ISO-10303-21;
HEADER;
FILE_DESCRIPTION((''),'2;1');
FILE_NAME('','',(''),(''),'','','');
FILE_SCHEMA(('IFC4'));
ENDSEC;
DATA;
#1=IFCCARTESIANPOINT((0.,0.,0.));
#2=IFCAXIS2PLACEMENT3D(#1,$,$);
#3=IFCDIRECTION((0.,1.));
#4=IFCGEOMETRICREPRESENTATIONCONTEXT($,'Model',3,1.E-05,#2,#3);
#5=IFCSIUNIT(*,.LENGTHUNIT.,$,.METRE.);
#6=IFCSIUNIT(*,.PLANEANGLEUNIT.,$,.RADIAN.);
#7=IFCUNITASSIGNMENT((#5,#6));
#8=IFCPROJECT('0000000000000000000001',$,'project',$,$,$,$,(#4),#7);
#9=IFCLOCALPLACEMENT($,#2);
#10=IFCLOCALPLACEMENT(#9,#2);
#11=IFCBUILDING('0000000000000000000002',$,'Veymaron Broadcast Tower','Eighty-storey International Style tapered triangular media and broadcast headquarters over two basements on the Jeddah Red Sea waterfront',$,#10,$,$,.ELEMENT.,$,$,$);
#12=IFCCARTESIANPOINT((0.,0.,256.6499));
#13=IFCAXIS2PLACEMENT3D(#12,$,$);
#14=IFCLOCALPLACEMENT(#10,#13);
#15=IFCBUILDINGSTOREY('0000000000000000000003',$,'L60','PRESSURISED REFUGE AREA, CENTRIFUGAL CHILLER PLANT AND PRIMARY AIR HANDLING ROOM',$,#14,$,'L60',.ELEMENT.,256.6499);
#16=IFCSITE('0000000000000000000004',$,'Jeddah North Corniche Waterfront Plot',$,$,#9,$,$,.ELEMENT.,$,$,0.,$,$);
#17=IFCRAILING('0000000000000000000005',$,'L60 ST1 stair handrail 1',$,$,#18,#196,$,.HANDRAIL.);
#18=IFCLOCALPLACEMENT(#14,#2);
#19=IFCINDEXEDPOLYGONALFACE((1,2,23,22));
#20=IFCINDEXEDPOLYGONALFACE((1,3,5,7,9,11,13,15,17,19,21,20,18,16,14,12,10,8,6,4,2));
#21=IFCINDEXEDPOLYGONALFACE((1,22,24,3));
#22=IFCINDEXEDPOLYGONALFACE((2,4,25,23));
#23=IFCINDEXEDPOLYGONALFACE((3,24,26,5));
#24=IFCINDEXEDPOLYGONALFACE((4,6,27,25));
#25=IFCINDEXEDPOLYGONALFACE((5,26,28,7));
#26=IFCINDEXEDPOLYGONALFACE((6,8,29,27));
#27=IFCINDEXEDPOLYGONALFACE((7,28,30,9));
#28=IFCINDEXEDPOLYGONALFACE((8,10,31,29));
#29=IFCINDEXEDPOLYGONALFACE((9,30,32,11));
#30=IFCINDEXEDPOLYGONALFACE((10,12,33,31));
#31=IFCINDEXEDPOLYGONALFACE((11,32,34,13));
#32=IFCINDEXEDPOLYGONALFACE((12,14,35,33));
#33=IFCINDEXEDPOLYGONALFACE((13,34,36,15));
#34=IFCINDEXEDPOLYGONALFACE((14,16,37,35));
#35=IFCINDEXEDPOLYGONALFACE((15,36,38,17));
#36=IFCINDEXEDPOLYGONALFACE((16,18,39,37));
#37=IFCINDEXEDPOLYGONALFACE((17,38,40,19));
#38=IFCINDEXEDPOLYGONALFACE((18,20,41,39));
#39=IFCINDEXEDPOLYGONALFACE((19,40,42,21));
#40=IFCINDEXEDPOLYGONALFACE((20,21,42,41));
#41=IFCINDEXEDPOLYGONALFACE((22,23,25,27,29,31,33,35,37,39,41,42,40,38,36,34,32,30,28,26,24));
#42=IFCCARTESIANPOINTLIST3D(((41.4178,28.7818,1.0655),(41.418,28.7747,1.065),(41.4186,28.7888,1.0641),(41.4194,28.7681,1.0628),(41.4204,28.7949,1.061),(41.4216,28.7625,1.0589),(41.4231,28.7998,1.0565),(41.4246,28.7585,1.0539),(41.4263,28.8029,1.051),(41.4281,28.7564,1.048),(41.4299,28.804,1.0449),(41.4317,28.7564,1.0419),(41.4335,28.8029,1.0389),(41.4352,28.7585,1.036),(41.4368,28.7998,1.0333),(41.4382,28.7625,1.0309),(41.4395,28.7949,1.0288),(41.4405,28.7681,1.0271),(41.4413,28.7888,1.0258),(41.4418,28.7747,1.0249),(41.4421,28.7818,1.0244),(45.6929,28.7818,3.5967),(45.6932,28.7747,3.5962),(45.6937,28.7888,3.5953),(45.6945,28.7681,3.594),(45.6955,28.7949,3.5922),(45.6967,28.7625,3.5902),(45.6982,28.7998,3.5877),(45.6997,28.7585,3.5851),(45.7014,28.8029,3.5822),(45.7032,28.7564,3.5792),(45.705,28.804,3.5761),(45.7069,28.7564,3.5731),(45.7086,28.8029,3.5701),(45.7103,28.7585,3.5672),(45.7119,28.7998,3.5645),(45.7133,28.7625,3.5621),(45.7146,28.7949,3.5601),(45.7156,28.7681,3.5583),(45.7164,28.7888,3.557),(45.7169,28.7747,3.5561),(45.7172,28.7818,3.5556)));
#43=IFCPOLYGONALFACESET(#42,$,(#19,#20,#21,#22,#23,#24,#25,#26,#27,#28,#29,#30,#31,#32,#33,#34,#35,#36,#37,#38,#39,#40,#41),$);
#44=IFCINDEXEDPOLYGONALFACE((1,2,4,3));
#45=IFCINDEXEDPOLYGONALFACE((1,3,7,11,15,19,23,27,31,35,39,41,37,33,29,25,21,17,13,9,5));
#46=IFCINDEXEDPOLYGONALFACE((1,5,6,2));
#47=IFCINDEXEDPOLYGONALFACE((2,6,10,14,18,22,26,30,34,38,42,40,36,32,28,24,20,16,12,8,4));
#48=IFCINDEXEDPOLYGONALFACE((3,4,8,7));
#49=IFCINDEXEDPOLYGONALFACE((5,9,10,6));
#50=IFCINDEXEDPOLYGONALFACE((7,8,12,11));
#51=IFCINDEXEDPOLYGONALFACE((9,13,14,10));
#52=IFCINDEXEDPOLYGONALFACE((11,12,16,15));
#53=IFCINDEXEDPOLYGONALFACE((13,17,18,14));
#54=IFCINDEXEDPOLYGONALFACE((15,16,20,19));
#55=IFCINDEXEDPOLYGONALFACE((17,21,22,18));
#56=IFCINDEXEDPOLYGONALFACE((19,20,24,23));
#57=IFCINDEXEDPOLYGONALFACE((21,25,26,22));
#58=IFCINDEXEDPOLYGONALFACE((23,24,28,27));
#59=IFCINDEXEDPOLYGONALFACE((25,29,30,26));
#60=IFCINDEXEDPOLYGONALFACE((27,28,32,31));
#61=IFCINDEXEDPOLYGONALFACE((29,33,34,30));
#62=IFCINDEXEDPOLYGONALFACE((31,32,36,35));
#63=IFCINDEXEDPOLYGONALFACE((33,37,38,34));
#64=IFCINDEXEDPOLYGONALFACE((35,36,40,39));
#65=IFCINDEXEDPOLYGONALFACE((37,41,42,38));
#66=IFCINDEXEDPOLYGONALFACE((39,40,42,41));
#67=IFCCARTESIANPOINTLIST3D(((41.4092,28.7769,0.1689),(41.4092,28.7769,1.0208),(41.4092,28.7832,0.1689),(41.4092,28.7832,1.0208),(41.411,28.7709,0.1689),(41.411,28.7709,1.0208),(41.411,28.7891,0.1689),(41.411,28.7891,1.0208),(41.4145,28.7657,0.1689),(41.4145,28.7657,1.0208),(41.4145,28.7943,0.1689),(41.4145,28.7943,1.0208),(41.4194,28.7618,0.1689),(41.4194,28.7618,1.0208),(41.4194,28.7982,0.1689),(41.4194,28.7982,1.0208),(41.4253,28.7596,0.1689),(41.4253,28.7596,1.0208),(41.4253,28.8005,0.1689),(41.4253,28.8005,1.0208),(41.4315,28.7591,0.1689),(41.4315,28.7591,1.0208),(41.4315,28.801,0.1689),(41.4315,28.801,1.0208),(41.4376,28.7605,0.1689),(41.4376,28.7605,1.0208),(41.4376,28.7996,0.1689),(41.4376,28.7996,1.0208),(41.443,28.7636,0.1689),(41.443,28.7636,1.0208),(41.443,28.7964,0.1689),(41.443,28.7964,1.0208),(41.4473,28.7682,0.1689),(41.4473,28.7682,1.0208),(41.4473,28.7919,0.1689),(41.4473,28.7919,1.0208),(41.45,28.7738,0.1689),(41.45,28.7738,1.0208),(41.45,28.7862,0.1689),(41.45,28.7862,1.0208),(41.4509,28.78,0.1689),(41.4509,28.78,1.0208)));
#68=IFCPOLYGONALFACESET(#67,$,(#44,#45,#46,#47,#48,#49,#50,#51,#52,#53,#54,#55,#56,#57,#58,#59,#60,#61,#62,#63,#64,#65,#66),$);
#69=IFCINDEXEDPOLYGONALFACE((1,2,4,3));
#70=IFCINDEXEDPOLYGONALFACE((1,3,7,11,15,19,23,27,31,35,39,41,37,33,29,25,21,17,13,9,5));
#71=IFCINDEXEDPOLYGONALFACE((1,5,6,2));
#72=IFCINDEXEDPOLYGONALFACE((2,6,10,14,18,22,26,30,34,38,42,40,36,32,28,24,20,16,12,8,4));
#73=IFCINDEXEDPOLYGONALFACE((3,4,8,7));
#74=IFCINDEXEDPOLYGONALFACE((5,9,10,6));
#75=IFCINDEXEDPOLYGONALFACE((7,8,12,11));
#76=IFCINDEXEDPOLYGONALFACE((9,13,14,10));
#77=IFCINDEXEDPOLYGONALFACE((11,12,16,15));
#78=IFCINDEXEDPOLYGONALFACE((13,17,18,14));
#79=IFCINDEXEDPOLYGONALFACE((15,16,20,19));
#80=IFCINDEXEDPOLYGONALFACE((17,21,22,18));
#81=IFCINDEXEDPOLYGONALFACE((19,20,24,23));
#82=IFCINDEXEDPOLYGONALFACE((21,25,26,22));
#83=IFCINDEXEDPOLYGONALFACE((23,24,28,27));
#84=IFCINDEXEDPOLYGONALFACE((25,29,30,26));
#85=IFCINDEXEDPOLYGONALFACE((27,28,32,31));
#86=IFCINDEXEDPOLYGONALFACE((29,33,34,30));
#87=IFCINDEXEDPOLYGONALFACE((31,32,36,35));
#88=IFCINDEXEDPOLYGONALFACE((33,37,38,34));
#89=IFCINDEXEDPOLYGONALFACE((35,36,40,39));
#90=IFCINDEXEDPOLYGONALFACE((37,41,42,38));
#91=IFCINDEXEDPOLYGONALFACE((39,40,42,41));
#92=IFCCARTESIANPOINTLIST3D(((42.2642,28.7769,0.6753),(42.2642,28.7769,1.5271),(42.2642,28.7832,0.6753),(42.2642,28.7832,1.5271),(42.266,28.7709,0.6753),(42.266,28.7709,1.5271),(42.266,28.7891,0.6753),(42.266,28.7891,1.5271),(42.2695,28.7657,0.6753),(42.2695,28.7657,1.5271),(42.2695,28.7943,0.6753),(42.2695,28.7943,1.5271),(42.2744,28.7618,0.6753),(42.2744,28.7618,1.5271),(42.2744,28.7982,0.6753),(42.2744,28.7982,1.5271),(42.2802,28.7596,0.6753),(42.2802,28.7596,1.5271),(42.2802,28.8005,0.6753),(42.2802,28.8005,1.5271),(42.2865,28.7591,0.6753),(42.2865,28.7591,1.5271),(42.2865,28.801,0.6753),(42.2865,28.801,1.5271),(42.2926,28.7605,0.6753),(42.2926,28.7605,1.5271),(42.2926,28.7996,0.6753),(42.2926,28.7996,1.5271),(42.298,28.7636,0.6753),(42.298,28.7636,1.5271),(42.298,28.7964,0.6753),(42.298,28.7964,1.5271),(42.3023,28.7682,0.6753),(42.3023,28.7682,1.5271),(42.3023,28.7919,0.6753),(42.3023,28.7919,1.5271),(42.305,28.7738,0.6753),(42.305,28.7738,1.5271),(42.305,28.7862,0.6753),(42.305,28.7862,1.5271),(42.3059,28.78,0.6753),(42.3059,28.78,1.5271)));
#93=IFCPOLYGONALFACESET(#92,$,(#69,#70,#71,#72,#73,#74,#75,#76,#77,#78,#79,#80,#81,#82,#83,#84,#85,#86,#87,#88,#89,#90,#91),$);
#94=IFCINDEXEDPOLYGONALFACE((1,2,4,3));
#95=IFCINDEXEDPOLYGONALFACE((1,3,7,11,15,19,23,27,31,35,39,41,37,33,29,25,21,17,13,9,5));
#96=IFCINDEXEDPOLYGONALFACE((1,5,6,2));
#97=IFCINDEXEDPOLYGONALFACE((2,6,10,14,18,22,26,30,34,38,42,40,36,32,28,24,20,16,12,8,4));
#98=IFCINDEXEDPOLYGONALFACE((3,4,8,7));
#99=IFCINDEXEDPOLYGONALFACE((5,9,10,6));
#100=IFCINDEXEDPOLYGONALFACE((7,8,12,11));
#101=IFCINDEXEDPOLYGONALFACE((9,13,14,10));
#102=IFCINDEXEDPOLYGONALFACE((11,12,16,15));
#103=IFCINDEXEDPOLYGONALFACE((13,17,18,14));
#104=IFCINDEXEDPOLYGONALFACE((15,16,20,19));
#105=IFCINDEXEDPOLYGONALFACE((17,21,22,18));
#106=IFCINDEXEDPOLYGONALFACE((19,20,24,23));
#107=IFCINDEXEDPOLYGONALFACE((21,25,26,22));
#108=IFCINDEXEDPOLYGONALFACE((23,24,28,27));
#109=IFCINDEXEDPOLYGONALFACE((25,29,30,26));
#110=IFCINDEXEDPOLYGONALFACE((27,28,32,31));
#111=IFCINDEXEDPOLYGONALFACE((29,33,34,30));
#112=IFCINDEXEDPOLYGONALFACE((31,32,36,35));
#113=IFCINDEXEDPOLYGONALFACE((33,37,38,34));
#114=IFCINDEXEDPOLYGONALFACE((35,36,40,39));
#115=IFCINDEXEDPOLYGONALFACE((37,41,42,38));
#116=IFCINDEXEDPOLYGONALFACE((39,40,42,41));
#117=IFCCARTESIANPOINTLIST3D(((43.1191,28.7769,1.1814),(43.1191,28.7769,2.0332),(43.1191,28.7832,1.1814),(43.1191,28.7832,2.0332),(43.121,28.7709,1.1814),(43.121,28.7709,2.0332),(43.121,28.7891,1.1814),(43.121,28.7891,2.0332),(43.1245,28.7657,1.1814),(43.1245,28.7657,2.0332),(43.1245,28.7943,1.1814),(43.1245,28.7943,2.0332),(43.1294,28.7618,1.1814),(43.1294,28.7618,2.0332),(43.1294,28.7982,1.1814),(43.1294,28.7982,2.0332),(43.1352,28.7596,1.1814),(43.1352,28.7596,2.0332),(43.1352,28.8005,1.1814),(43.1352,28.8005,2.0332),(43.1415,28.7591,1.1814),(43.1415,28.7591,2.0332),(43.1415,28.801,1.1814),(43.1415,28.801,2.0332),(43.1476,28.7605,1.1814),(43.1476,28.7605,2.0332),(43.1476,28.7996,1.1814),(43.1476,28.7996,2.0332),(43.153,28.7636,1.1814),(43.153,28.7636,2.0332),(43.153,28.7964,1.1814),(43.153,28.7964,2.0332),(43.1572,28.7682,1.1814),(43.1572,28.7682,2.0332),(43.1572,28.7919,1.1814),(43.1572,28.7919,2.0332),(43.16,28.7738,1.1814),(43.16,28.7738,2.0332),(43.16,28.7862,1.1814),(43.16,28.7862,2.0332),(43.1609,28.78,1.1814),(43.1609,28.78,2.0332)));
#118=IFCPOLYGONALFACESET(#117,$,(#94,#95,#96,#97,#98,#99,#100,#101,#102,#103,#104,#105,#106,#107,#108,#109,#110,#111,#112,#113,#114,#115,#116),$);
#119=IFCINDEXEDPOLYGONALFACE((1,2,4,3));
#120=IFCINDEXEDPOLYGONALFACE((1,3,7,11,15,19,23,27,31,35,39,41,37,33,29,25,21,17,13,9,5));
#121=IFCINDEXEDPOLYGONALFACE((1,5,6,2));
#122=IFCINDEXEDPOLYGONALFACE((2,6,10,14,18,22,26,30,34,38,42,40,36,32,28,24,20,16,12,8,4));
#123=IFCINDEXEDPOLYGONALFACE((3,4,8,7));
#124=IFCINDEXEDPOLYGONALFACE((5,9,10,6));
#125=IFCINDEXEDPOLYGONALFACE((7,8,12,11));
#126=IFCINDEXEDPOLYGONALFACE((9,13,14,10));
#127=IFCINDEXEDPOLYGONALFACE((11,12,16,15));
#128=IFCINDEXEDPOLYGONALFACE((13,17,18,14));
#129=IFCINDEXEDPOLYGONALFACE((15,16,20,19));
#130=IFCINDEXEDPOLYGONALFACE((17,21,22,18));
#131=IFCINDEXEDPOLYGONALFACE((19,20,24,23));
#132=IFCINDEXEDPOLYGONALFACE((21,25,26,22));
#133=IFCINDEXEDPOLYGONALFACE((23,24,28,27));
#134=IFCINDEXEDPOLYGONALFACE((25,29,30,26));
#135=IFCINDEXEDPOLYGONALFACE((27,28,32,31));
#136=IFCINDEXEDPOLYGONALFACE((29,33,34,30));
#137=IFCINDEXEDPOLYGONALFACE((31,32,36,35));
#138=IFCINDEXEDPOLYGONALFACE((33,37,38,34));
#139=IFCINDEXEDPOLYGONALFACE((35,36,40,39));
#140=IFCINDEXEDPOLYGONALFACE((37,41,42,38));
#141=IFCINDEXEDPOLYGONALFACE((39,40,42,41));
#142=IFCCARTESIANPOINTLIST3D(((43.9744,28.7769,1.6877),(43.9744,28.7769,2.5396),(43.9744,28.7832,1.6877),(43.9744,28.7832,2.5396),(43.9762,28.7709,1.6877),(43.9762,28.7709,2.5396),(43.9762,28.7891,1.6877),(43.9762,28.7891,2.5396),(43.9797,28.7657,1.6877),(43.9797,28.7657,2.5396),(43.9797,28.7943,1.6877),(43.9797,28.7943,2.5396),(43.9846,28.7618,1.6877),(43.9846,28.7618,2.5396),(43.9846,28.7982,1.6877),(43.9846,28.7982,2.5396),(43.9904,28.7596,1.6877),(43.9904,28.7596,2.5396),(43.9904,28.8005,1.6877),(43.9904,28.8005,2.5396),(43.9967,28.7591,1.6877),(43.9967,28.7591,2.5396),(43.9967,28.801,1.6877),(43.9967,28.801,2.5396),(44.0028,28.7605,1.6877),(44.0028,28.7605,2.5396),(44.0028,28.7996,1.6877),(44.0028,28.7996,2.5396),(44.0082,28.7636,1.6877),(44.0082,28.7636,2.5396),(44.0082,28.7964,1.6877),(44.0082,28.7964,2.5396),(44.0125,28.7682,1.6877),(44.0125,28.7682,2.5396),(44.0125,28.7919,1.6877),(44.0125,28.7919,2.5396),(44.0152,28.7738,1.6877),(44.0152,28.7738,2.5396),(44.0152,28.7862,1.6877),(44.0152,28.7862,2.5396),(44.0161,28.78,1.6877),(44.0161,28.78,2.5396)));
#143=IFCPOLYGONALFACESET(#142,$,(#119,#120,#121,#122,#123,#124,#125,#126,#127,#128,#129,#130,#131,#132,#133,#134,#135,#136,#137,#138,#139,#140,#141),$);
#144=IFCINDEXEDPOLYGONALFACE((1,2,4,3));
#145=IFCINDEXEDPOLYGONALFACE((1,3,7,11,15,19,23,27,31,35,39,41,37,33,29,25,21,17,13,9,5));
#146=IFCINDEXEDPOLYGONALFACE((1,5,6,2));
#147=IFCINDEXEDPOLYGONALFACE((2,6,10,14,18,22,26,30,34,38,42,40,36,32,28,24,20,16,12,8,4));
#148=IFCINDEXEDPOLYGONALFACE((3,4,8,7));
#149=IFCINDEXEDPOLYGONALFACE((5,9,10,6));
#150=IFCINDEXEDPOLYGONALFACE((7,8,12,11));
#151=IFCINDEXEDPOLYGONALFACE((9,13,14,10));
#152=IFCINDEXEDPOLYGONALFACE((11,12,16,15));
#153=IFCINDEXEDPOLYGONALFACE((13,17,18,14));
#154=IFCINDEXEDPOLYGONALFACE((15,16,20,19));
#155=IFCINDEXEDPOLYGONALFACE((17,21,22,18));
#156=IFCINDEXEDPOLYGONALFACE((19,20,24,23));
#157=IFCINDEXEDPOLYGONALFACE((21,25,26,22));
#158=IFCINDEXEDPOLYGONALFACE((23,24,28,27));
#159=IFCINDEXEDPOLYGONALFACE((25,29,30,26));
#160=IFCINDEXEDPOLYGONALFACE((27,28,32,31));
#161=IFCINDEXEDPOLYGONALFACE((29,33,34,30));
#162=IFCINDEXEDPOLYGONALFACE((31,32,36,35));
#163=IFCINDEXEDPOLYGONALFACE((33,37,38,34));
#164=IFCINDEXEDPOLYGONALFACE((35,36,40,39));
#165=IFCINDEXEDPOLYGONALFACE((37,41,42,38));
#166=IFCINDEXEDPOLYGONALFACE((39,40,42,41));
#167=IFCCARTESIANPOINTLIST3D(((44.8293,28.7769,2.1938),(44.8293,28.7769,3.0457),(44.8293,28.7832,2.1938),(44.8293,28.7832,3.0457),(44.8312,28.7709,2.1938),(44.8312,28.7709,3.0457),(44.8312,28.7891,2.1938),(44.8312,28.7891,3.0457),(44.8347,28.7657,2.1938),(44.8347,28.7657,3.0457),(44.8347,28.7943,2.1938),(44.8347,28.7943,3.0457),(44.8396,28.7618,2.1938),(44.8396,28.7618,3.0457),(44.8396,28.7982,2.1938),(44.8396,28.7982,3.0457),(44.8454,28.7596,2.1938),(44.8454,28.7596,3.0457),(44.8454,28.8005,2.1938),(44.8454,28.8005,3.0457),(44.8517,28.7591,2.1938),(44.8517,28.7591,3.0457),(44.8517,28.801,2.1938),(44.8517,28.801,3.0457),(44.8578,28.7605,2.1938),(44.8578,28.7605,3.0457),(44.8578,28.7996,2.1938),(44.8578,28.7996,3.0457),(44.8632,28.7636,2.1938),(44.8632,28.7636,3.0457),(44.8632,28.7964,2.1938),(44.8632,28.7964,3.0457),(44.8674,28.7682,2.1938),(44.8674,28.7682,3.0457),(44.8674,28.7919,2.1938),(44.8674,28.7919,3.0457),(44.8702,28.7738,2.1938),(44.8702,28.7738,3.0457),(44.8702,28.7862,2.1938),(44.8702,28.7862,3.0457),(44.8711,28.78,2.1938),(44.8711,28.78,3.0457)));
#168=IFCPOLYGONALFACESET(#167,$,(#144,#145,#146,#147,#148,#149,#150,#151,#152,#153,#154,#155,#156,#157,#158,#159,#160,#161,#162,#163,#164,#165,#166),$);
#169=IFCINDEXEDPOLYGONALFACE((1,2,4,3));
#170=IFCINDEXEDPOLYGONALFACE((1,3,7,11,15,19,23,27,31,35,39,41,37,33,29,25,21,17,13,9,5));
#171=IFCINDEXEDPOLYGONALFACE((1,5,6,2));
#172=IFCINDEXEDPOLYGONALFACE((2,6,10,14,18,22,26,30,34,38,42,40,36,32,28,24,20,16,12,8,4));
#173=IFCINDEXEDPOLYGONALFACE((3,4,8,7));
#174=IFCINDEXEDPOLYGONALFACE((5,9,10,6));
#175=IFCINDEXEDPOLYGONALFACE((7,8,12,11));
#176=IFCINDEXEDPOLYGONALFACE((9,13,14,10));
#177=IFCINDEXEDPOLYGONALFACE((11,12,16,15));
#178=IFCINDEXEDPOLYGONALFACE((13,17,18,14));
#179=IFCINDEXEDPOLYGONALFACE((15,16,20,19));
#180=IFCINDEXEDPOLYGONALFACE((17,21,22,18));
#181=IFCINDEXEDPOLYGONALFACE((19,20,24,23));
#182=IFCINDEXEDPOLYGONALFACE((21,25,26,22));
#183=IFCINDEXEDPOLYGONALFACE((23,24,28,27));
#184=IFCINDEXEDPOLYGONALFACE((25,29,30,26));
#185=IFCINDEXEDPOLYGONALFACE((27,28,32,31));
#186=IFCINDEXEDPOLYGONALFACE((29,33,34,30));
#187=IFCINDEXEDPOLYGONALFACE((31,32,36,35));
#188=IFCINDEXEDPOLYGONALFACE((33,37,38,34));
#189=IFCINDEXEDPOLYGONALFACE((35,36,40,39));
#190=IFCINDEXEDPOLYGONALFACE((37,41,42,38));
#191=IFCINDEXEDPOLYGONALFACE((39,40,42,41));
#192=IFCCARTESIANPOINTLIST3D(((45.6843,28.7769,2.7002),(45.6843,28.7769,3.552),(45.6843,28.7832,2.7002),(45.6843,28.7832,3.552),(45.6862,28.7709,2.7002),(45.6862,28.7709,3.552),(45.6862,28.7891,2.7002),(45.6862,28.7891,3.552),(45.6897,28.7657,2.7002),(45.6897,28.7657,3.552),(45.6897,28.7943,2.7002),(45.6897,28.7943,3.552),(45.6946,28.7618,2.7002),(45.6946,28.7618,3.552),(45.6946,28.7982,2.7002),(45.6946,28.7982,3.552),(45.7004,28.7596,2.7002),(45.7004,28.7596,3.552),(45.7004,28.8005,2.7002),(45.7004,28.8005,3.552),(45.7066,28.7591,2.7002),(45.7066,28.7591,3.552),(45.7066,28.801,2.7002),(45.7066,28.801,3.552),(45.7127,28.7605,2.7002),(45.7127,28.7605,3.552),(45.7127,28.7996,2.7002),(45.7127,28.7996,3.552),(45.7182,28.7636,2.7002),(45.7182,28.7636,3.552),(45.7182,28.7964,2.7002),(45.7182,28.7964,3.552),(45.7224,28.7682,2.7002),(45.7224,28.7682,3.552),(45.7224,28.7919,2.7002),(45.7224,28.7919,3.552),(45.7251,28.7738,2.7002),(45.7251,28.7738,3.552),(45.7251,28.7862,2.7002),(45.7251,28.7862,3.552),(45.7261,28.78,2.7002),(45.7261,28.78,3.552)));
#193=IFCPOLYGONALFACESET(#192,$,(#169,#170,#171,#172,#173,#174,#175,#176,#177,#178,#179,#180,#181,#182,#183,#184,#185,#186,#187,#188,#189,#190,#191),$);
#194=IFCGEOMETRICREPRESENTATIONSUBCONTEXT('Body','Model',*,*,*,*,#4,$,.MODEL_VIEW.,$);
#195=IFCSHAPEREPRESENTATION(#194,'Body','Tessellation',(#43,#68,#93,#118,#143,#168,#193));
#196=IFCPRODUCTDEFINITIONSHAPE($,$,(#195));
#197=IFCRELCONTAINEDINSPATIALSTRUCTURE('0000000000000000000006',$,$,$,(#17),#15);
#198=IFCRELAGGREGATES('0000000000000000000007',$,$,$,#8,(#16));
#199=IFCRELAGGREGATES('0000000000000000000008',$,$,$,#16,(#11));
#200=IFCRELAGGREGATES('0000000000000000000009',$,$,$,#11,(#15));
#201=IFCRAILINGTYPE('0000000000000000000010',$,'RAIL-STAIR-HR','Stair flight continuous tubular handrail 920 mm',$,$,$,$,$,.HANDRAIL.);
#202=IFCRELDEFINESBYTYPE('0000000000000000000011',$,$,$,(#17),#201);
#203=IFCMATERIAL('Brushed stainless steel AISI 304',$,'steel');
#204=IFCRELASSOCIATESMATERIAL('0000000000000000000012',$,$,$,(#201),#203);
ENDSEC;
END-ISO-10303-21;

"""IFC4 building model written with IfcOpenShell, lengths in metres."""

from ifc_helpers import new_model, si_unit, direction, frame, origin, origin_2d, place, context, subcontext, project, spatial, circle, extrude, material, type_object, element, save


model = new_model("IFC4")

# Units and contexts
model_context = context("Model", 3, precision=1e-05, world=origin(), true_north=direction((0.0, 1.0)))
body_context = subcontext(model_context, "Body", "Model", "MODEL_VIEW")
ifc_project = project(units=[si_unit("LENGTHUNIT", "METRE"), si_unit("PLANEANGLEUNIT", "RADIAN")], contexts=[model_context])

# Site, building, storey
site_placement = place(None, origin())
site = spatial("IfcSite", under=ifc_project, at=site_placement, Name="Jeddah North Corniche Waterfront Plot", CompositionType="ELEMENT", RefElevation=0.0)
building_placement = place(site_placement, origin())
building = spatial("IfcBuilding", under=site, at=building_placement, Name="Veymaron Broadcast Tower", Description="Eighty-storey International Style tapered triangular media and broadcast headquarters over two basements on the Jeddah Red Sea waterfront", CompositionType="ELEMENT")
storey_placement = place(building_placement, frame((0.0, 0.0, 256.6499)))
storey = spatial("IfcBuildingStorey", under=building, at=storey_placement, Name="L60", Description="PRESSURISED REFUGE AREA, CENTRIFUGAL CHILLER PLANT AND PRIMARY AIR HANDLING ROOM", LongName="L60", CompositionType="ELEMENT", Elevation=256.6499)

# Railing
ifc_material_1 = material(Name="Brushed stainless steel AISI 304", Category="steel")
railing_type_1 = type_object("IfcRailingType", Name="RAIL-STAIR-HR", Description="Stair flight continuous tubular handrail 920 mm", PredefinedType="HANDRAIL", material=ifc_material_1)
railing_1_placement = place(storey_placement, frame((41.4299, 28.78, 0.1689)))
element("IfcRailing", 1, at=railing_1_placement, inside=storey, type_object=railing_type_1, Name="L60 ST1 stair handrail 1", PredefinedType="HANDRAIL", context=body_context, shape_type="SweptSolid", body=[
    extrude(circle(Radius=0.0239, at=origin_2d()), frame((0.0, 0.0, 0.876), z_axis=(0.860483, 0.0, 0.509479), x_axis=(0.0, 1.0, 0.0)), (0.0, 0.0, 1.0), 4.9683),
    extrude(circle(Radius=0.021, at=origin_2d()), origin(), (0.0, 0.0, 1.0), 0.8518),
    extrude(circle(Radius=0.021, at=origin_2d()), frame((0.855, 0.0, 0.5063)), (0.0, 0.0, 1.0), 0.8518),
    extrude(circle(Radius=0.021, at=origin_2d()), frame((1.71, 0.0, 1.0125)), (0.0, 0.0, 1.0), 0.8518),
    extrude(circle(Radius=0.021, at=origin_2d()), frame((2.5652, 0.0, 1.5188)), (0.0, 0.0, 1.0), 0.8518),
    extrude(circle(Radius=0.021, at=origin_2d()), frame((3.4202, 0.0, 2.0249)), (0.0, 0.0, 1.0), 0.8518),
    extrude(circle(Radius=0.021, at=origin_2d()), frame((4.2751, 0.0, 2.5312)), (0.0, 0.0, 1.0), 0.8518),
])

save(model, "model.ifc")
